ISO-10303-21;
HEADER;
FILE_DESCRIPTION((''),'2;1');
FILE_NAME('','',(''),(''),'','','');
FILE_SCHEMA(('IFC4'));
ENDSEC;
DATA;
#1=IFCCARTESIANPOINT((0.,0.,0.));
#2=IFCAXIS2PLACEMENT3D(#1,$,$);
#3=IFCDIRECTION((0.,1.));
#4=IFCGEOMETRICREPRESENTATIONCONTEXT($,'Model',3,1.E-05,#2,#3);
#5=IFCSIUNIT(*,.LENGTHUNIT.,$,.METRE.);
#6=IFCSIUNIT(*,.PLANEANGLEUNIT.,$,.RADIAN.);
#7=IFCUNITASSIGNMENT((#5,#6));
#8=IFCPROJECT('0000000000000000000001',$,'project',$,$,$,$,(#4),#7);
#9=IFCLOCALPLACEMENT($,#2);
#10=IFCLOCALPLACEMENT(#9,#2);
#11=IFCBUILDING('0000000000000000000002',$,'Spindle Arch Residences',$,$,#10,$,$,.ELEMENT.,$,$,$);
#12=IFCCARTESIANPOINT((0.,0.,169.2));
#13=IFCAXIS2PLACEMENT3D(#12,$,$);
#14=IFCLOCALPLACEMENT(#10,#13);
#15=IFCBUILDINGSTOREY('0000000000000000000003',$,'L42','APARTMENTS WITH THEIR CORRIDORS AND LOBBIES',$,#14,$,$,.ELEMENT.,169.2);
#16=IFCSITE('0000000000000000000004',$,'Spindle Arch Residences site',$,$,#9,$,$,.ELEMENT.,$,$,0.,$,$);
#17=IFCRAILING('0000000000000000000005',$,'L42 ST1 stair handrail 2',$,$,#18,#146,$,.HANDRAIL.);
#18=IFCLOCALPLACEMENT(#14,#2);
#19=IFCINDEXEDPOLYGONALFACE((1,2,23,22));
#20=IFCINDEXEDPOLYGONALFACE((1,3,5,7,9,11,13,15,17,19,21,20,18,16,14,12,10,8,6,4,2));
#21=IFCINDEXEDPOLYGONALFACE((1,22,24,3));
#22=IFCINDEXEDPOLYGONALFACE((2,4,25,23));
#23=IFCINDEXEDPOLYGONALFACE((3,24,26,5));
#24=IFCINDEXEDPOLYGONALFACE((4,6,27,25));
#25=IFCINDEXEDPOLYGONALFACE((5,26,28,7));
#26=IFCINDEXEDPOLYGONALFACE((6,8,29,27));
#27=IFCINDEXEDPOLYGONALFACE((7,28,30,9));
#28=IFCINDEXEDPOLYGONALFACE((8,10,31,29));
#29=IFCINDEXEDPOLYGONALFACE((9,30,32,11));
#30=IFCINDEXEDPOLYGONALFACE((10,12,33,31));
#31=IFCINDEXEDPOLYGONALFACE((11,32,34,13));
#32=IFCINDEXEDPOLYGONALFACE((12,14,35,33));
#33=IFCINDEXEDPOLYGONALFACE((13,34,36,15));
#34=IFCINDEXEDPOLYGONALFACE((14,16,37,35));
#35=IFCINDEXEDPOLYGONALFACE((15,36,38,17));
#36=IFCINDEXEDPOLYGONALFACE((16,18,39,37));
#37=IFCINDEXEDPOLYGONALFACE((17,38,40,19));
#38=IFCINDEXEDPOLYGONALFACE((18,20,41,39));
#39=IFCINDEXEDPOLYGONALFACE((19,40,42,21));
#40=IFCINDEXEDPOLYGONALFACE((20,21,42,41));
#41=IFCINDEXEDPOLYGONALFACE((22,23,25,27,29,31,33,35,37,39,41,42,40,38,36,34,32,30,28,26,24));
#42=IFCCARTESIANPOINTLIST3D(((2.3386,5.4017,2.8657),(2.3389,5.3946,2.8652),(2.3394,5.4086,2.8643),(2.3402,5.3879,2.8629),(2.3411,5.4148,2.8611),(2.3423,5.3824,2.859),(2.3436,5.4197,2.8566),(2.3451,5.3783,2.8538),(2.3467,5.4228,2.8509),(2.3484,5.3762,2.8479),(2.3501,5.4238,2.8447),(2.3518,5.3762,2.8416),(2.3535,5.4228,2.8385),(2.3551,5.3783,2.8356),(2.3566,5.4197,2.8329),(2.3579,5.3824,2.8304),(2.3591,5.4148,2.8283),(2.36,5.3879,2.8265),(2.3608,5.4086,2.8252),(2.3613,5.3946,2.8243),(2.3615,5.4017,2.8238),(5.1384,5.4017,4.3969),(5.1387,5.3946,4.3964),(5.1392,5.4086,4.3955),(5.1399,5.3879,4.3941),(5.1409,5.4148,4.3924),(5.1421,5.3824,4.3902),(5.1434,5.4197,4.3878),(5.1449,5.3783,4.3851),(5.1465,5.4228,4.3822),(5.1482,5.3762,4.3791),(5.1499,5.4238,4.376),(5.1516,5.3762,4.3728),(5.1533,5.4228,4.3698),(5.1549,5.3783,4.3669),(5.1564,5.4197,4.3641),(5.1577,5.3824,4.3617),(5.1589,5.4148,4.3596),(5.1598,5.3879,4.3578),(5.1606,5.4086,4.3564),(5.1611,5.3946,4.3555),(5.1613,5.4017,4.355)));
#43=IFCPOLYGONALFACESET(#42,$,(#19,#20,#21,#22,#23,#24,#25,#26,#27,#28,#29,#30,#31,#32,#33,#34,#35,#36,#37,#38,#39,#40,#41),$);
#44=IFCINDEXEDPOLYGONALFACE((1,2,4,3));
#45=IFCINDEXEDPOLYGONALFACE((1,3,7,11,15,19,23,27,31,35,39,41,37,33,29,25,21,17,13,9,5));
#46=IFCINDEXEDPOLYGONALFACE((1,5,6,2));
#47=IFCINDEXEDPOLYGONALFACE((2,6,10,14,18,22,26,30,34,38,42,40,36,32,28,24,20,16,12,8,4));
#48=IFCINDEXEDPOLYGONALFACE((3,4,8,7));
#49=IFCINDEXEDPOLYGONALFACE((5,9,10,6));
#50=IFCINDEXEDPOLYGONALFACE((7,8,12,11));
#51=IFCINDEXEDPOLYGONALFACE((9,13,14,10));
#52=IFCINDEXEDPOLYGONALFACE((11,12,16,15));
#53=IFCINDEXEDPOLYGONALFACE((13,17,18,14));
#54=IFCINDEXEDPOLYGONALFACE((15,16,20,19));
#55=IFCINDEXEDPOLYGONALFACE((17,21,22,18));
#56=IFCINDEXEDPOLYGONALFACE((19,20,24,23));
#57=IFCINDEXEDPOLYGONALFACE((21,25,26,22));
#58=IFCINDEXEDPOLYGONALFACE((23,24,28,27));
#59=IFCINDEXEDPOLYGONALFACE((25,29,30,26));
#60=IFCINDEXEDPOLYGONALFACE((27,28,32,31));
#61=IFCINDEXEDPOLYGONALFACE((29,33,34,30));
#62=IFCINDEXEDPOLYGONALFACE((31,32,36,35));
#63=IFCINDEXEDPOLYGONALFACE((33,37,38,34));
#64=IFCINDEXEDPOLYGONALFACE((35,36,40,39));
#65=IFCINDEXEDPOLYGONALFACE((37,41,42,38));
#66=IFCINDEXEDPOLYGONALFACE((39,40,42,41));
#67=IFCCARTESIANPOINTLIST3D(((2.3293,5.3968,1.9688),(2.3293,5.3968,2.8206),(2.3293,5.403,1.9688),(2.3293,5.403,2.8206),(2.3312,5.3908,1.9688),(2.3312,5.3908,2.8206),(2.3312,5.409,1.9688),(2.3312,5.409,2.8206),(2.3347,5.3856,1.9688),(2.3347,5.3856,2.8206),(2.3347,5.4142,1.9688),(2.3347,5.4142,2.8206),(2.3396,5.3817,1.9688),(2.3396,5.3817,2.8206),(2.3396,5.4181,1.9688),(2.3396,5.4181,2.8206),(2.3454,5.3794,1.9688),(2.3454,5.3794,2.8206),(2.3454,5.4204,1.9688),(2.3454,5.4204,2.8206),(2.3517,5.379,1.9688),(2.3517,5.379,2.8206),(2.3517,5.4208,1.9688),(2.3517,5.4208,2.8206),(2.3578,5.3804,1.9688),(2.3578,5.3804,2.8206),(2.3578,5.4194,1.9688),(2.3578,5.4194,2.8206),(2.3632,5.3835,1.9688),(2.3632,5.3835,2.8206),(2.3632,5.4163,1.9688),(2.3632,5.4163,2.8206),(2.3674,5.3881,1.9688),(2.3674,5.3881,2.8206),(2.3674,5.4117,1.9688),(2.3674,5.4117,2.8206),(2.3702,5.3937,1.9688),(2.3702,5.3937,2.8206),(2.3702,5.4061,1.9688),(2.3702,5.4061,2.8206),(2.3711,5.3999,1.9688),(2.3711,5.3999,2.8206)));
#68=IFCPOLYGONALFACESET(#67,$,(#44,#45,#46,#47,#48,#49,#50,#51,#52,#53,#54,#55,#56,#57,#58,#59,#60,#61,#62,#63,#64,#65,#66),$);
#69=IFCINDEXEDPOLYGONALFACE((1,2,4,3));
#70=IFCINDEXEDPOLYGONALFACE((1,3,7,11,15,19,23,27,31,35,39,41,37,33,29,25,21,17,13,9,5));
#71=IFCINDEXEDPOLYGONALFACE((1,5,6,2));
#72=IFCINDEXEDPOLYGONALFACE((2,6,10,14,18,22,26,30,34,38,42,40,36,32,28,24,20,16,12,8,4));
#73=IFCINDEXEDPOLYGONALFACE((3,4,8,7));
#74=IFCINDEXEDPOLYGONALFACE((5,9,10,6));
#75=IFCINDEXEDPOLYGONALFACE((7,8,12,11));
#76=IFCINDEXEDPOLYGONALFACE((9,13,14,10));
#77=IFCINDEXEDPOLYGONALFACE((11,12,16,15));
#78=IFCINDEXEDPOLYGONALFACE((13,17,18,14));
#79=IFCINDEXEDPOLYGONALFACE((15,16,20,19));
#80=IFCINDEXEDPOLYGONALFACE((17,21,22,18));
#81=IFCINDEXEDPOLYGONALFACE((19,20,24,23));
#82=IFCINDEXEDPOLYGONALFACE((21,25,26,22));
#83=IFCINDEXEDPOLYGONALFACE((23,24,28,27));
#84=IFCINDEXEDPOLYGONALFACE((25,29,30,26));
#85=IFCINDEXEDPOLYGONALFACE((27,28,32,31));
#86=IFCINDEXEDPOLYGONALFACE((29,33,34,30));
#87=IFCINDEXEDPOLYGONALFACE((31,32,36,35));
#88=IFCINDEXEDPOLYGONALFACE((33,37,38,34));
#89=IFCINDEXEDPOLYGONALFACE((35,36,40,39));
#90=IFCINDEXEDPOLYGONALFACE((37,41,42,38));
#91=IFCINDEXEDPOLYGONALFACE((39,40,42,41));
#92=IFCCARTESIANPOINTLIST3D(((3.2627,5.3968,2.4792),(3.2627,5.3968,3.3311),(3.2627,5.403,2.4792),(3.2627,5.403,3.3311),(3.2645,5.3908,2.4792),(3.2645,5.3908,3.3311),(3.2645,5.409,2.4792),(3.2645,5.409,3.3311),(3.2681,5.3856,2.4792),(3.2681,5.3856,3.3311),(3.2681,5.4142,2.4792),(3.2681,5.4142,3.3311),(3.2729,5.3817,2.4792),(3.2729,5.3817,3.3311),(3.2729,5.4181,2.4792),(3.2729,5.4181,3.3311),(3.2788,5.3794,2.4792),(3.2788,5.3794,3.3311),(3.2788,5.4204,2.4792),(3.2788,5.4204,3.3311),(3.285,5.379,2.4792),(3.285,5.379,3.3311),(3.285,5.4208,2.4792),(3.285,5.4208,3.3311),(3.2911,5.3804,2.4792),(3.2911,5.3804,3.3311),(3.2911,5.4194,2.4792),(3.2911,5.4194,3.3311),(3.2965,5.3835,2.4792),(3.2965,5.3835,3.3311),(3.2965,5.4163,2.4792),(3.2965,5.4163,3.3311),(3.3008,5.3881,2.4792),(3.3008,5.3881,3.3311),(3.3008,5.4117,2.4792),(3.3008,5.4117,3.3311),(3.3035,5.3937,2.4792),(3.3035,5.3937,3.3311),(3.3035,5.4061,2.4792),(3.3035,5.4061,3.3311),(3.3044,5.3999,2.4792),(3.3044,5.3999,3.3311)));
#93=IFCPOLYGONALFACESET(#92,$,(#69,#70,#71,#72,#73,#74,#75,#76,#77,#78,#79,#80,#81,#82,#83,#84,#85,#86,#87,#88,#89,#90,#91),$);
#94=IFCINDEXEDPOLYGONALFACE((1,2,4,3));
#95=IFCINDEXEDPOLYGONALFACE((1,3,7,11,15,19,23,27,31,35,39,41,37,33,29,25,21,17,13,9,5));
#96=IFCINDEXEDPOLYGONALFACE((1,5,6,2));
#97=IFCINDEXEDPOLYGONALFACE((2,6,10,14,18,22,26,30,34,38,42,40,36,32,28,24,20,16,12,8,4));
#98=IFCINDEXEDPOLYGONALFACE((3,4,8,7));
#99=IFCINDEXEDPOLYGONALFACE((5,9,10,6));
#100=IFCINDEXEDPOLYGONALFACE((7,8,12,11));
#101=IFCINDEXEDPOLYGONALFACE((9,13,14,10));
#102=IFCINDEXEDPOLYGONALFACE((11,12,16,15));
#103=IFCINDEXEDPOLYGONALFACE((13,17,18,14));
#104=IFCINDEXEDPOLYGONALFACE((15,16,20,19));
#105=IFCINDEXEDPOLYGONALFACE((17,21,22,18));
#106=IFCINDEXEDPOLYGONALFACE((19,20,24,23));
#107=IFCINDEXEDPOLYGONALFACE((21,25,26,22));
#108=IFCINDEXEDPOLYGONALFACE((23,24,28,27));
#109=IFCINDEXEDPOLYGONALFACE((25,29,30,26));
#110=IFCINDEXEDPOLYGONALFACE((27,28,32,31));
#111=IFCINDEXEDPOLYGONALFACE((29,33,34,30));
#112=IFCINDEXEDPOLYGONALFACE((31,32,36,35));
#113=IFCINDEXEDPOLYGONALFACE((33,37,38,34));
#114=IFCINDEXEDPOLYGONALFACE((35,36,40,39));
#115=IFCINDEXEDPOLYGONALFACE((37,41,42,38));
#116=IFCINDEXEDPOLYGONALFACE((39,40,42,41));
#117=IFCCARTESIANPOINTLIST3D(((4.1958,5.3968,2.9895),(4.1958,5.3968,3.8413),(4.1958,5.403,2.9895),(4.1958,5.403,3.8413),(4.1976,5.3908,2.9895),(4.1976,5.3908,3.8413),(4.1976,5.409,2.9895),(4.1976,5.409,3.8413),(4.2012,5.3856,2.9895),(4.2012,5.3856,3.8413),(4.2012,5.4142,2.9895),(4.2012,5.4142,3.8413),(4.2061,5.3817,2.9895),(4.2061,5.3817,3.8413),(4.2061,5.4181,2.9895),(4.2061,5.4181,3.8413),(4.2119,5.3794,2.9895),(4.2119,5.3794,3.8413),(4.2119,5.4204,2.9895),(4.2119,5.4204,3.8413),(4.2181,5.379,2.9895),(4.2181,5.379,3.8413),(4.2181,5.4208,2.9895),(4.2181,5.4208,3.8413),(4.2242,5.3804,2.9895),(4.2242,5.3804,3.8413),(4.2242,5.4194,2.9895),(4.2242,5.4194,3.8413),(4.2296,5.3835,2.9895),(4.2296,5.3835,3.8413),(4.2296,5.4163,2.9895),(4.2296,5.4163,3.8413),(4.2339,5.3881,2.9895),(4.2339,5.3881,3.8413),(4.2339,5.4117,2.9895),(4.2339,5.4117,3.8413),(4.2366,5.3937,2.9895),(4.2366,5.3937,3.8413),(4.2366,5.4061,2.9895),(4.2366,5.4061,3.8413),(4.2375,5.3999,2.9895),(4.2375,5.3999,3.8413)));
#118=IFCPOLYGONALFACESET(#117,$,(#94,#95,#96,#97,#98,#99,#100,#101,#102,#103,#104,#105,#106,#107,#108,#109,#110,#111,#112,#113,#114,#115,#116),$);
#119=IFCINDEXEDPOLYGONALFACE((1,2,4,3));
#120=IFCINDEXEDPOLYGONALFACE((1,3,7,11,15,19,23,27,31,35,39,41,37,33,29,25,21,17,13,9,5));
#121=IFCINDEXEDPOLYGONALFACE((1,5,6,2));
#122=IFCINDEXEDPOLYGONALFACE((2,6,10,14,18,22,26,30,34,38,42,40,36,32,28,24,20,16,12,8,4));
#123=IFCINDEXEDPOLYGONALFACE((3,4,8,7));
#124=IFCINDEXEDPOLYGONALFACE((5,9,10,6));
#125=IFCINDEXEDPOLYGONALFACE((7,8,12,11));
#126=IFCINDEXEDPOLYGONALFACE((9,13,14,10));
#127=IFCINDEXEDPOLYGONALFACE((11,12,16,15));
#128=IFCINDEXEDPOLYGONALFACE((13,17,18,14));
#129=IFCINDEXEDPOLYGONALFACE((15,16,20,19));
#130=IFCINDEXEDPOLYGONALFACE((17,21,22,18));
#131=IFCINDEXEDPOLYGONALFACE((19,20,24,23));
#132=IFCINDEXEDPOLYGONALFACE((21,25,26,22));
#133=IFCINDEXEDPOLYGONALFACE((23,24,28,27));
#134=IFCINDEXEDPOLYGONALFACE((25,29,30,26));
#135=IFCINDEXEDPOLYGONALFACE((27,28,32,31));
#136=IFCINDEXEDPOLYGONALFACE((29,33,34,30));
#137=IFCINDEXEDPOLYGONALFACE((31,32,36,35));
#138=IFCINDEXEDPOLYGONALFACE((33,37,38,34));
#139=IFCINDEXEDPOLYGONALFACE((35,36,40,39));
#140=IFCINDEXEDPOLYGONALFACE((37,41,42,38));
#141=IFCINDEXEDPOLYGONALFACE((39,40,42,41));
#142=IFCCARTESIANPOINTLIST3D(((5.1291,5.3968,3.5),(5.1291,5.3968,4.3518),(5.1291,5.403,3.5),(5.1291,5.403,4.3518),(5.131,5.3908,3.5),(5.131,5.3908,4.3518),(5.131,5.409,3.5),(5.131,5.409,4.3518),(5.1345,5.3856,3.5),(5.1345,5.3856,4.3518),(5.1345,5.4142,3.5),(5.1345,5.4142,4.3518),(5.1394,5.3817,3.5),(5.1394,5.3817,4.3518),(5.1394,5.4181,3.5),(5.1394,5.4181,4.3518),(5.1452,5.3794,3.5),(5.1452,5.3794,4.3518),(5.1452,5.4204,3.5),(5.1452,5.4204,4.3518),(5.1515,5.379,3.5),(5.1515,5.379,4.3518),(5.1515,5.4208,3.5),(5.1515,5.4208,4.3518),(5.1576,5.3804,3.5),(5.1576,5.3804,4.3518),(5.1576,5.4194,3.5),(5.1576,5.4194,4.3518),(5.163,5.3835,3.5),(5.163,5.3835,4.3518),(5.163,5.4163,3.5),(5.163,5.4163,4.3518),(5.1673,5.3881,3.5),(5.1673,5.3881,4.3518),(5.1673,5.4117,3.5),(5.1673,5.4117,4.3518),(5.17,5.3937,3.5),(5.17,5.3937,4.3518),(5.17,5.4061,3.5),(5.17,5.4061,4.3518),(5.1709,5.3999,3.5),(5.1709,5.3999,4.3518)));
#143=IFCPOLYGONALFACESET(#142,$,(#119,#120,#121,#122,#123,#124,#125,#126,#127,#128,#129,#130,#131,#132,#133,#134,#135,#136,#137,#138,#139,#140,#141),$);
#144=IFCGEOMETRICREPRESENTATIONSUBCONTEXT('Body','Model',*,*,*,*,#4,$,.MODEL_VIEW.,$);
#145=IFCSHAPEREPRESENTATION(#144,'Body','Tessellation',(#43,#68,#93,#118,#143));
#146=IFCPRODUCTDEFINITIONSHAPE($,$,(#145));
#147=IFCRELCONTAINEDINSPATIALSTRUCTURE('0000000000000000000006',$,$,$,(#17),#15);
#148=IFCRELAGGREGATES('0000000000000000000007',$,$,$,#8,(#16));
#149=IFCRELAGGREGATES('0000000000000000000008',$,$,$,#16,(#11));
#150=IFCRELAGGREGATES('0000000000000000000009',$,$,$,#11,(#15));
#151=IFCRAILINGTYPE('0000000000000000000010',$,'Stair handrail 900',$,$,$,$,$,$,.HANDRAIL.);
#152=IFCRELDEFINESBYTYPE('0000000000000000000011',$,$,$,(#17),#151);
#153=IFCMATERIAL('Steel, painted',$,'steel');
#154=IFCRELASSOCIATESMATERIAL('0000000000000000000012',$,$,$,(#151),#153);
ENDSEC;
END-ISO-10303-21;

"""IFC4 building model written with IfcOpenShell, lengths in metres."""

from ifc_helpers import new_model, si_unit, direction, frame, origin, origin_2d, place, context, subcontext, project, spatial, circle, extrude, material, type_object, element, save


model = new_model("IFC4")

# Units and contexts
model_context = context("Model", 3, precision=1e-05, world=origin(), true_north=direction((0.0, 1.0)))
body_context = subcontext(model_context, "Body", "Model", "MODEL_VIEW")
ifc_project = project(units=[si_unit("LENGTHUNIT", "METRE"), si_unit("PLANEANGLEUNIT", "RADIAN")], contexts=[model_context])

# Site, building, storey
site_placement = place(None, origin())
site = spatial("IfcSite", under=ifc_project, at=site_placement, Name="Spindle Arch Residences site", CompositionType="ELEMENT", RefElevation=0.0)
building_placement = place(site_placement, origin())
building = spatial("IfcBuilding", under=site, at=building_placement, Name="Spindle Arch Residences", CompositionType="ELEMENT")
storey_placement = place(building_placement, frame((0.0, 0.0, 169.2)))
storey = spatial("IfcBuildingStorey", under=building, at=storey_placement, Name="L42", Description="APARTMENTS WITH THEIR CORRIDORS AND LOBBIES", CompositionType="ELEMENT", Elevation=169.2)

# Railing
ifc_material_1 = material(Name="Steel, painted", Category="steel")
railing_type_1 = type_object("IfcRailingType", Name="Stair handrail 900", PredefinedType="HANDRAIL", material=ifc_material_1)
railing_1_placement = place(storey_placement, frame((2.3501, 5.3999, 1.9688)))
element("IfcRailing", 1, at=railing_1_placement, inside=storey, type_object=railing_type_1, Name="L42 ST1 stair handrail 2", PredefinedType="HANDRAIL", context=body_context, shape_type="SweptSolid", body=[
    extrude(circle(Radius=0.0239, at=origin_2d()), frame((0.0, 0.0, 0.876), z_axis=(0.877357, 0.0, 0.479838), x_axis=(0.0, 1.0, 0.0)), (0.0, 0.0, 1.0), 3.1912),
    extrude(circle(Radius=0.021, at=origin_2d()), origin(), (0.0, 0.0, 1.0), 0.8518),
    extrude(circle(Radius=0.021, at=origin_2d()), frame((0.9333, 0.0, 0.5105)), (0.0, 0.0, 1.0), 0.8518),
    extrude(circle(Radius=0.021, at=origin_2d()), frame((1.8665, 0.0, 1.0208)), (0.0, 0.0, 1.0), 0.8518),
    extrude(circle(Radius=0.021, at=origin_2d()), frame((2.7998, 0.0, 1.5312)), (0.0, 0.0, 1.0), 0.8518),
])

save(model, "model.ifc")
